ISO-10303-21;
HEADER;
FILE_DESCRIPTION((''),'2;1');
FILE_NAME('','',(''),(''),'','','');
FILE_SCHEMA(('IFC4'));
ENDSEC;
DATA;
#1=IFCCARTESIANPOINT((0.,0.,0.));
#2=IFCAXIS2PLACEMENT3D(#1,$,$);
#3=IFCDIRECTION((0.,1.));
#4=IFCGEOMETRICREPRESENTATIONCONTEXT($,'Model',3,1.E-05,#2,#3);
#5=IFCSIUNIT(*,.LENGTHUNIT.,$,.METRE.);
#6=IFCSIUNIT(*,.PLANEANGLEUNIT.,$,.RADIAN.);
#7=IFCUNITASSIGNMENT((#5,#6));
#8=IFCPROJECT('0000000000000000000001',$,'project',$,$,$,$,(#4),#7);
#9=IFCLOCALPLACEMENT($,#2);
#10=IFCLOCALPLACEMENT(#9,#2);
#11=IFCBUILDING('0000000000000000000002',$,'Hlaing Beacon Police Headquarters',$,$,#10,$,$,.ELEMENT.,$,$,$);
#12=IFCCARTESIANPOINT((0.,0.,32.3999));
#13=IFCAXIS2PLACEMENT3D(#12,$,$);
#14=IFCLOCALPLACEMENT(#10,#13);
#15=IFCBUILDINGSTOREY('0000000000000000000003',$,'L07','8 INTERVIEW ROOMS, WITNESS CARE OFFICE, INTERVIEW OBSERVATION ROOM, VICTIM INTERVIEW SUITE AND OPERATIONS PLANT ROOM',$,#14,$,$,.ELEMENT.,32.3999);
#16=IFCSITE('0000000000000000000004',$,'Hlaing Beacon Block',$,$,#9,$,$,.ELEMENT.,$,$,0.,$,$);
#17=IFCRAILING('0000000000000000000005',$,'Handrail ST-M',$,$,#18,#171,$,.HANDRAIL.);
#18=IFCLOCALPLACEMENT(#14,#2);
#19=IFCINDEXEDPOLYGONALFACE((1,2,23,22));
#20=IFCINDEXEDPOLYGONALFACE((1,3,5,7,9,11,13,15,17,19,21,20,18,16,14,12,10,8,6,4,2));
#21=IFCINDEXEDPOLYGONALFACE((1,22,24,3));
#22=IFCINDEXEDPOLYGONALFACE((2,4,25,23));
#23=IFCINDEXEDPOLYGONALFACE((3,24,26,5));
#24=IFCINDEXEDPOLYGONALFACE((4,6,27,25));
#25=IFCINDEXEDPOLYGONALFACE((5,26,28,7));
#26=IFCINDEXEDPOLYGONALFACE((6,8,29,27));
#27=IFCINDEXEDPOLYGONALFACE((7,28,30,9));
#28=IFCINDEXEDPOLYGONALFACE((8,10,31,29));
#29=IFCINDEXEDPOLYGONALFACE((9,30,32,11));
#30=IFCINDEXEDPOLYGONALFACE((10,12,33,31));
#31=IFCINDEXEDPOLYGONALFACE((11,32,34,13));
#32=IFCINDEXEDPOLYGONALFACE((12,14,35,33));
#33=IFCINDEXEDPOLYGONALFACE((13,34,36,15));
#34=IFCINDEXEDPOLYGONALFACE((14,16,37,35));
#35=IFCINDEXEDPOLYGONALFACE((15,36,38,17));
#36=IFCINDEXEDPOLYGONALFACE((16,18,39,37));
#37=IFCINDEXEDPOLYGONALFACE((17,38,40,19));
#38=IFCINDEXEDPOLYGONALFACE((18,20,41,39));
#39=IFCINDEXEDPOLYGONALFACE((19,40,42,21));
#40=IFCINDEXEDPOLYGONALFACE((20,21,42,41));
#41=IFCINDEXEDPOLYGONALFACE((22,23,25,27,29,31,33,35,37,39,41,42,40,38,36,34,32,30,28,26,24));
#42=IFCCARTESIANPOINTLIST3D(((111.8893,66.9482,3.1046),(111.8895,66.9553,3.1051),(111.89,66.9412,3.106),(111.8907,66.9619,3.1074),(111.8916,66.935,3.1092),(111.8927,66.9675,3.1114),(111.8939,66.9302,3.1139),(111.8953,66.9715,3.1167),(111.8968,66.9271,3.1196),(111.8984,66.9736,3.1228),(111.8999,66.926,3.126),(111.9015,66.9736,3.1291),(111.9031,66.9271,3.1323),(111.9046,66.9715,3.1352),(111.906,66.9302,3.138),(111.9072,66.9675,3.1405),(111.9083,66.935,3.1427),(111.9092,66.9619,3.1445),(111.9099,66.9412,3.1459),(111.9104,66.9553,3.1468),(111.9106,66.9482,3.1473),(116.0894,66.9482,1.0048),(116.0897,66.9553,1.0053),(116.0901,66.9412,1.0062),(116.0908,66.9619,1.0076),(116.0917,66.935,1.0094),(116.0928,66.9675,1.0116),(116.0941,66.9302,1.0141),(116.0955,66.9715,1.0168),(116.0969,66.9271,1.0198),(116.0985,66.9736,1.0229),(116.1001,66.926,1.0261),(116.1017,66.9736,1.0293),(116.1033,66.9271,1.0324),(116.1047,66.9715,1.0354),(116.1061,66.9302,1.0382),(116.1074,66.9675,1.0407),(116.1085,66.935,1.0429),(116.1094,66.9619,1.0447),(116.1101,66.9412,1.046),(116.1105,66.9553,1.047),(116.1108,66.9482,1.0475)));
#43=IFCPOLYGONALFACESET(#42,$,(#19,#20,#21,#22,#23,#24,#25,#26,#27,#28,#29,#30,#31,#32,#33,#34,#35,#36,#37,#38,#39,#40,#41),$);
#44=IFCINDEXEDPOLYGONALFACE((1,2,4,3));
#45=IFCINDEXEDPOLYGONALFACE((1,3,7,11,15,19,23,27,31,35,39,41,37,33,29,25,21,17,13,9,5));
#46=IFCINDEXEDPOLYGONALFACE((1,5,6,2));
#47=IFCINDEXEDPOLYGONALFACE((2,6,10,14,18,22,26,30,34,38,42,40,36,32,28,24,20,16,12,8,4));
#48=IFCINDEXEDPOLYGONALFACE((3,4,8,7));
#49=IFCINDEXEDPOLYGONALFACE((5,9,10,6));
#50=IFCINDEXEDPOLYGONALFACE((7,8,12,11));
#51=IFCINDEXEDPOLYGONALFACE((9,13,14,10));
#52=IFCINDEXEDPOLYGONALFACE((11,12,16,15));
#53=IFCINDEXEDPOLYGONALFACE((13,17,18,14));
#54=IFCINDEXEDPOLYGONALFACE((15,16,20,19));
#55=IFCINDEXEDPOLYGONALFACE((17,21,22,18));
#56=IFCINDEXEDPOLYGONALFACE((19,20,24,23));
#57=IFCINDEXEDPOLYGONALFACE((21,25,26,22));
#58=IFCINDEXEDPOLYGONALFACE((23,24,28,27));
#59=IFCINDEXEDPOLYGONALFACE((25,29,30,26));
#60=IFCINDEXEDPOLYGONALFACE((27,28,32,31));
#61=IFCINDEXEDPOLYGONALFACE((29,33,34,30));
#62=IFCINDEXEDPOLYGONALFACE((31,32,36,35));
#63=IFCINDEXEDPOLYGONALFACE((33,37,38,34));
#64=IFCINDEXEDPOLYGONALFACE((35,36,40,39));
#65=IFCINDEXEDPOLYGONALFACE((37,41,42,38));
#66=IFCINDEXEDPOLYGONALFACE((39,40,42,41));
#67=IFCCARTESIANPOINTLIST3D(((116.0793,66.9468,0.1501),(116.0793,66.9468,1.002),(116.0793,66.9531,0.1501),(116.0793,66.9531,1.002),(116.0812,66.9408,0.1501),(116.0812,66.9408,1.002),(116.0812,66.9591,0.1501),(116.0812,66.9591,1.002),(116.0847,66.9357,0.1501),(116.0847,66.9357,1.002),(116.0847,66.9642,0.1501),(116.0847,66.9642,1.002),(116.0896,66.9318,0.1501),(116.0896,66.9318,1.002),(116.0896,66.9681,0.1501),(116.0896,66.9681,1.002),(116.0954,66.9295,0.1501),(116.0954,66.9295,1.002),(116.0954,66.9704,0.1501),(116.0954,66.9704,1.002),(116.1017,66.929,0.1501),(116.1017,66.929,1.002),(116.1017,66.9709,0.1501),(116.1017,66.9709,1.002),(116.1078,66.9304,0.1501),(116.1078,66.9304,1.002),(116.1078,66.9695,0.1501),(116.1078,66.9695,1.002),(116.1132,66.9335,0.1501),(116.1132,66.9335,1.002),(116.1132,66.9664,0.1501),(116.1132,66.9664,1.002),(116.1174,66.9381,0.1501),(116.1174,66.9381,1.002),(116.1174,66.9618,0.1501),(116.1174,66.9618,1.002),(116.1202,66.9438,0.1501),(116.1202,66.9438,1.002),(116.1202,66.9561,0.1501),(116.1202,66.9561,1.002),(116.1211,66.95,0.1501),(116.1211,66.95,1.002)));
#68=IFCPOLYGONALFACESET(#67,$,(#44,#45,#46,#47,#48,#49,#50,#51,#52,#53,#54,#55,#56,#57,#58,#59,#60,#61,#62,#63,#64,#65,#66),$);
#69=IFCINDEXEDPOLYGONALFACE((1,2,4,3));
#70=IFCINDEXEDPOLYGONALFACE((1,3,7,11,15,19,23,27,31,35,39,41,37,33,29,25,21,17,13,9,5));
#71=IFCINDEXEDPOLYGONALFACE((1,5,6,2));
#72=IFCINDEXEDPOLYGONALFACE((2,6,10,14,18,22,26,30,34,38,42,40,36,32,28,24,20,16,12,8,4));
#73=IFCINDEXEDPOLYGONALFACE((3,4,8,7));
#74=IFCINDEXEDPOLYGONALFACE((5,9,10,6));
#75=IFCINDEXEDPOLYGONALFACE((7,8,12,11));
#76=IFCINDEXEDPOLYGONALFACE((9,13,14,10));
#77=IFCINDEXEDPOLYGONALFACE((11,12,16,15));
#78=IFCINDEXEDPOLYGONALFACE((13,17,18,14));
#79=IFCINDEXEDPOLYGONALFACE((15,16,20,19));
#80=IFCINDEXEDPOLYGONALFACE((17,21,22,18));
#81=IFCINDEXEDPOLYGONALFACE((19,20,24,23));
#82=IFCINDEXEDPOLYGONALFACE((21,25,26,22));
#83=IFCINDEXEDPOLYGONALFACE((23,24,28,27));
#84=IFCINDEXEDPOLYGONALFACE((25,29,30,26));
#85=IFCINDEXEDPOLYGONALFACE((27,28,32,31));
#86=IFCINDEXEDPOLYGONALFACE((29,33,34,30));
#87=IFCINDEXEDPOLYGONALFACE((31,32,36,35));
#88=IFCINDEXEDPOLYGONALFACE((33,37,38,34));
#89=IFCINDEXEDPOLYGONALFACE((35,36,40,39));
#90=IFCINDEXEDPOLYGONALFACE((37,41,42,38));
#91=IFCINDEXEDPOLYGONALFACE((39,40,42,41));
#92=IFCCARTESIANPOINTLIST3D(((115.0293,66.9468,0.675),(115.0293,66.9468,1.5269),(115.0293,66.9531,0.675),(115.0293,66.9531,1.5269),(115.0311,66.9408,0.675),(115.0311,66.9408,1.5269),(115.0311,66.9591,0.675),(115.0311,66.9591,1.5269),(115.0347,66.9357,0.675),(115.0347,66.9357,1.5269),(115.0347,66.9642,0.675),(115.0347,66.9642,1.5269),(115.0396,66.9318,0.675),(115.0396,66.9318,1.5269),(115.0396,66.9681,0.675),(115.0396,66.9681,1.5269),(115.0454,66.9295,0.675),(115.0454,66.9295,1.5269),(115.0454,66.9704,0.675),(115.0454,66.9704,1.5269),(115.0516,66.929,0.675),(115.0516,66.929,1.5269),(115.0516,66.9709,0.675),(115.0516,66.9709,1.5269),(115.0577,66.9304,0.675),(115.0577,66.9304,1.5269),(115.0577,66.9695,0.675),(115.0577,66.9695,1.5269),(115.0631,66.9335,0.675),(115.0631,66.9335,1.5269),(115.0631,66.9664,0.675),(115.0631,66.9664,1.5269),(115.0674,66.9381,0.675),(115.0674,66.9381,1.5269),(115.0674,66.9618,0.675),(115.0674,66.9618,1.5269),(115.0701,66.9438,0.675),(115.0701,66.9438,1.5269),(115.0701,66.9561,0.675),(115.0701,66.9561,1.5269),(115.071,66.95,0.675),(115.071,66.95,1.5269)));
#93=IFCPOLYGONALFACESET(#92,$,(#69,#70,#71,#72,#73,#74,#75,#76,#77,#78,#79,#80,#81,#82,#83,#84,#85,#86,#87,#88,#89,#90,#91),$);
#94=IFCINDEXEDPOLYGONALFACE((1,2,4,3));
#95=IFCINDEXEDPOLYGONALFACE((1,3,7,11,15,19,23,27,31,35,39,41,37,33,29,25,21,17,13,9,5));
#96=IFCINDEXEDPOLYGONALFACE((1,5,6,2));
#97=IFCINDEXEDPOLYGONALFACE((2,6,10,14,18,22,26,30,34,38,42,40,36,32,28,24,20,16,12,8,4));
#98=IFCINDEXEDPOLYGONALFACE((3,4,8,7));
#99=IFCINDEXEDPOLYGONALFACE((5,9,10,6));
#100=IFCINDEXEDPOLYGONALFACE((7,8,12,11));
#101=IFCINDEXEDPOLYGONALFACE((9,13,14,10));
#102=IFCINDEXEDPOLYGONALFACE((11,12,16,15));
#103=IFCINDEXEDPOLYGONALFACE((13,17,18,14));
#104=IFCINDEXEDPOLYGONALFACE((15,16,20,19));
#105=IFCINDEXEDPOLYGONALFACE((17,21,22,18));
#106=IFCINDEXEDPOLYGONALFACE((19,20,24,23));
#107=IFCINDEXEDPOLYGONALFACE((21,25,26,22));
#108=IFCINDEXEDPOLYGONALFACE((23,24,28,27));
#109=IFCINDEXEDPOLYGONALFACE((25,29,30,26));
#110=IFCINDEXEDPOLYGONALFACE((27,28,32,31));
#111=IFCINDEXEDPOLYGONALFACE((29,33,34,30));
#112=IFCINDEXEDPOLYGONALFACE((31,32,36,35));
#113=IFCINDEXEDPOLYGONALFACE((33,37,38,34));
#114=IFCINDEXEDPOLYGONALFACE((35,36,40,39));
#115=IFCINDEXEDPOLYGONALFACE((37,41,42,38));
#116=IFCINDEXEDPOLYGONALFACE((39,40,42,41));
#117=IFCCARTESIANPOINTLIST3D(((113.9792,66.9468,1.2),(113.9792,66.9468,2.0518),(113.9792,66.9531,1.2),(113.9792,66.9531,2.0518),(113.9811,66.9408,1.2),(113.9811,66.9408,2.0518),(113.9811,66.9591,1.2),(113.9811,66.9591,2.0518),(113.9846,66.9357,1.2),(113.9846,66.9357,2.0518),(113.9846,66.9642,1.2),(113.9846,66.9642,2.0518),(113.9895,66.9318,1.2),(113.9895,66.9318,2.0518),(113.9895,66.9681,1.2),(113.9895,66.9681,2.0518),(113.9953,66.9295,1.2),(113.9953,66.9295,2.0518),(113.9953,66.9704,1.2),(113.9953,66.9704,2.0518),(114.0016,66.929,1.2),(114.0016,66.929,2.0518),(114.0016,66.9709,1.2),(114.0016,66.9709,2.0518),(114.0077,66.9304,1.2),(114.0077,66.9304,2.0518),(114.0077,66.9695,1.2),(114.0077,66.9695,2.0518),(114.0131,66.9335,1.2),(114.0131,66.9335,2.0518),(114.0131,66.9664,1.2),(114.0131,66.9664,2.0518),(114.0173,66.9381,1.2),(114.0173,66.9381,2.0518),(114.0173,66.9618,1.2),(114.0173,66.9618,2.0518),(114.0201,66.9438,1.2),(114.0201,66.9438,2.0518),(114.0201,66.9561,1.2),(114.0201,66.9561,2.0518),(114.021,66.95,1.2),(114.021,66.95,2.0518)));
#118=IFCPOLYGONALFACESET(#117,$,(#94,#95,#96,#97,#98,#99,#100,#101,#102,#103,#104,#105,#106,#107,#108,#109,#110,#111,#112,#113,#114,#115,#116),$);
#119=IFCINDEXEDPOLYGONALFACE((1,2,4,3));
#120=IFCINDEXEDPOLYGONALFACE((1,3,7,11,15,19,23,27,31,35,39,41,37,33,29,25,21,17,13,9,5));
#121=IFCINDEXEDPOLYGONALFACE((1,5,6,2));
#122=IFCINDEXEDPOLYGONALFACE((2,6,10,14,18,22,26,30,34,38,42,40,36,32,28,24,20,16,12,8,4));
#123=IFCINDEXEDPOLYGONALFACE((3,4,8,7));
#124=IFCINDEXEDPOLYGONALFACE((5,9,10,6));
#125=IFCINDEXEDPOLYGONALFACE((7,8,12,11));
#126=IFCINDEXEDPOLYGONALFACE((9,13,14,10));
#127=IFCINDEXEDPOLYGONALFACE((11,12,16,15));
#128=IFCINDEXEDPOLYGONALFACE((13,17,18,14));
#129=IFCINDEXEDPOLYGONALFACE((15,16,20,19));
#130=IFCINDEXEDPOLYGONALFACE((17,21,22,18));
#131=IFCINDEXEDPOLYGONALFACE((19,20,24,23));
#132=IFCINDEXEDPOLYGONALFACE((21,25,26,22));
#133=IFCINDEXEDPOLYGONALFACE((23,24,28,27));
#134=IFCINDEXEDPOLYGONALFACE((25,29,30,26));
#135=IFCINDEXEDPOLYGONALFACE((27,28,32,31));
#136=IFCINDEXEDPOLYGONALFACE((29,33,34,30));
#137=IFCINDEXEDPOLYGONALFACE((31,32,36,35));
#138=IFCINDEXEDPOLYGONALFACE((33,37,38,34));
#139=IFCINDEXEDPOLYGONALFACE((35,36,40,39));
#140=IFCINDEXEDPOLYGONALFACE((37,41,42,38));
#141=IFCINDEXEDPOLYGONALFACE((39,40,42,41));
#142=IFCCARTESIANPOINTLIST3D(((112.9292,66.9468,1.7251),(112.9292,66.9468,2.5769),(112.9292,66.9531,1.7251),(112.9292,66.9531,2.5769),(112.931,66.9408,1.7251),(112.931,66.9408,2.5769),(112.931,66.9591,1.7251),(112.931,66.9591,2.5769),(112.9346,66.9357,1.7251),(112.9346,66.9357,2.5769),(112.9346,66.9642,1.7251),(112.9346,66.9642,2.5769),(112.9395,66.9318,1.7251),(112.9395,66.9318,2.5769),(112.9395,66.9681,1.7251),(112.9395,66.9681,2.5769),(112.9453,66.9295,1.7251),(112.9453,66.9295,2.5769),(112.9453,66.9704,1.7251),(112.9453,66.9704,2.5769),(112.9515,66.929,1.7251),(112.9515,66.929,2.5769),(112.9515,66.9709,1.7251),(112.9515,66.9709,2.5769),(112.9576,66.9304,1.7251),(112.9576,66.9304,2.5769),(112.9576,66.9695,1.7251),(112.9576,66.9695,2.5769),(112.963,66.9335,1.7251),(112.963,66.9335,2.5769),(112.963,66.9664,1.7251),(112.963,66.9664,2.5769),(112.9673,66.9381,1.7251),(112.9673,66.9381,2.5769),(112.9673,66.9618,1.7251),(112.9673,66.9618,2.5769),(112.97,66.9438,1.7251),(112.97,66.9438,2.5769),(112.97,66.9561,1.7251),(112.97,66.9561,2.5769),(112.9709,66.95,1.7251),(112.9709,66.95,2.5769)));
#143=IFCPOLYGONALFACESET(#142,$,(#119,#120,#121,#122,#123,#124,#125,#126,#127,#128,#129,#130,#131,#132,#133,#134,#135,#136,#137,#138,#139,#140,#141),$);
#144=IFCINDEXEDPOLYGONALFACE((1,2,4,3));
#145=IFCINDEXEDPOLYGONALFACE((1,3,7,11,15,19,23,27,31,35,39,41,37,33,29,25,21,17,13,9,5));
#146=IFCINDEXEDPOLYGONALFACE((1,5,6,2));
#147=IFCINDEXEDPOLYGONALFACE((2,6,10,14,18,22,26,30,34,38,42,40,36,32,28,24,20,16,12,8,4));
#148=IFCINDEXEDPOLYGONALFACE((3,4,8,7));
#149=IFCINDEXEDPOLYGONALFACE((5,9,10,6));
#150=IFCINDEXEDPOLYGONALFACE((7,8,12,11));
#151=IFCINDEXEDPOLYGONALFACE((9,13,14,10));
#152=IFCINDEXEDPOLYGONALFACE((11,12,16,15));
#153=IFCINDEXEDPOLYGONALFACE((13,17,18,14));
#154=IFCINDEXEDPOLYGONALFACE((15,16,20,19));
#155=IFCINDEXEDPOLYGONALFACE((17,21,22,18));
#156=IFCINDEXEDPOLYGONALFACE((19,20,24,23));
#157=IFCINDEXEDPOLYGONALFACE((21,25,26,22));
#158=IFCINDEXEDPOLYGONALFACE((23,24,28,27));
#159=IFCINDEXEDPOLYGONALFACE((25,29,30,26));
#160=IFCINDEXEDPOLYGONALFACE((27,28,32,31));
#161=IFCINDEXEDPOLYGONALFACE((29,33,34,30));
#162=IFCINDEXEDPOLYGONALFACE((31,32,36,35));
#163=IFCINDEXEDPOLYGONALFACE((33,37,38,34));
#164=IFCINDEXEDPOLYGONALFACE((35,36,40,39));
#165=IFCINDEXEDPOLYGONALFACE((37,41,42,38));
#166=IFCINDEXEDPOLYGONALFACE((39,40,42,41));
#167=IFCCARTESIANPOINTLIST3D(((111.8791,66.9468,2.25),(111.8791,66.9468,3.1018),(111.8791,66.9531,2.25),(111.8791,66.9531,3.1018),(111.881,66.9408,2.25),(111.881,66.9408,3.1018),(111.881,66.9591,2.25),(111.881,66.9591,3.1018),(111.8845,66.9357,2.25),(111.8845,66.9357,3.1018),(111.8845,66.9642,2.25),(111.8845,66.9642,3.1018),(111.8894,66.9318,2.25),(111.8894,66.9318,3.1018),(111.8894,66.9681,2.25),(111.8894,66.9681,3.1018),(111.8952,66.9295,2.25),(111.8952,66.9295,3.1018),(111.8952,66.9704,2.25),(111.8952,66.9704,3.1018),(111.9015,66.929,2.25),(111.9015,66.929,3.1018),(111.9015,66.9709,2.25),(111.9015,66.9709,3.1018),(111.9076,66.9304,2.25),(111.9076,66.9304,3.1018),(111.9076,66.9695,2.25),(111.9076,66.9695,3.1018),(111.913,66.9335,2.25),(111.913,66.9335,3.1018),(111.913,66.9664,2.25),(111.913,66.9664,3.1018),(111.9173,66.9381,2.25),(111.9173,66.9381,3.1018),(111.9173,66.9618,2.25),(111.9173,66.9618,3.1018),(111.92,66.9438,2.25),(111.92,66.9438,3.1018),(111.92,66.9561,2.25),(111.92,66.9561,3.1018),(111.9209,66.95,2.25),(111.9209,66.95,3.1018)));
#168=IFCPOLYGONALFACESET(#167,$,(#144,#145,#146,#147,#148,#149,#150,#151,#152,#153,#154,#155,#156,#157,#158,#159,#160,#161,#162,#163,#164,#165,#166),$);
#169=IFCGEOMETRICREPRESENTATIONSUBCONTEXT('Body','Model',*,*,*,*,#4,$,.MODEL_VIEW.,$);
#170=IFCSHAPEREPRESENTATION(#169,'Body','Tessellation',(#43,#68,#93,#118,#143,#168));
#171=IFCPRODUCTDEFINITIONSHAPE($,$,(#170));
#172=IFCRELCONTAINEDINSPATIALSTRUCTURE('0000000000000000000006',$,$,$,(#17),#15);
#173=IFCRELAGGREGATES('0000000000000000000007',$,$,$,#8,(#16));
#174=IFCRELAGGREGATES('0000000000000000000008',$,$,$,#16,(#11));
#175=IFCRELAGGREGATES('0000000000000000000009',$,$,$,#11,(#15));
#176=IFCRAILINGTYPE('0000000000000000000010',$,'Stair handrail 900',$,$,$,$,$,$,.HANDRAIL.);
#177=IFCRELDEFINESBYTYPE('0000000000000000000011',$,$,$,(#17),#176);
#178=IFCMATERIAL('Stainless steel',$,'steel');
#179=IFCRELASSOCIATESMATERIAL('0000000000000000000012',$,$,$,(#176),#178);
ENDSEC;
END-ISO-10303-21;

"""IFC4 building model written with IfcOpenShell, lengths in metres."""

from ifc_helpers import new_model, si_unit, direction, frame, origin, origin_2d, place, context, subcontext, project, spatial, circle, extrude, material, type_object, element, save


model = new_model("IFC4")

# Units and contexts
model_context = context("Model", 3, precision=1e-05, world=origin(), true_north=direction((0.0, 1.0)))
body_context = subcontext(model_context, "Body", "Model", "MODEL_VIEW")
ifc_project = project(units=[si_unit("LENGTHUNIT", "METRE"), si_unit("PLANEANGLEUNIT", "RADIAN")], contexts=[model_context])

# Site, building, storey
site_placement = place(None, origin())
site = spatial("IfcSite", under=ifc_project, at=site_placement, Name="Hlaing Beacon Block", CompositionType="ELEMENT", RefElevation=0.0)
building_placement = place(site_placement, origin())
building = spatial("IfcBuilding", under=site, at=building_placement, Name="Hlaing Beacon Police Headquarters", CompositionType="ELEMENT")
storey_placement = place(building_placement, frame((0.0, 0.0, 32.3999)))
storey = spatial("IfcBuildingStorey", under=building, at=storey_placement, Name="L07", Description="8 INTERVIEW ROOMS, WITNESS CARE OFFICE, INTERVIEW OBSERVATION ROOM, VICTIM INTERVIEW SUITE AND OPERATIONS PLANT ROOM", CompositionType="ELEMENT", Elevation=32.3999)

# Railing
ifc_material_1 = material(Name="Stainless steel", Category="steel")
railing_type_1 = type_object("IfcRailingType", Name="Stair handrail 900", PredefinedType="HANDRAIL", material=ifc_material_1)
for number, where, name in (
    (1, (116.1001, 66.95, 0.1501), "Handrail ST-M"),
):
    element("IfcRailing", number, at=place(storey_placement, frame(where)), inside=storey, type_object=railing_type_1, Name=name, PredefinedType="HANDRAIL", context=body_context, shape_type="SweptSolid", body=[
        extrude(circle(Radius=0.0239, at=origin_2d()), frame((0.0, 0.0, 0.876), z_axis=(-0.894448, 0.0, 0.447172), x_axis=(0.0, -1.0, 0.0)), (0.0, 0.0, 1.0), 4.6958),
        extrude(circle(Radius=0.021, at=origin_2d()), origin(), (0.0, 0.0, 1.0), 0.8518),
        extrude(circle(Radius=0.021, at=origin_2d()), frame((-1.05, 0.0, 0.5249)), (0.0, 0.0, 1.0), 0.8518),
        extrude(circle(Radius=0.021, at=origin_2d()), frame((-2.1001, 0.0, 1.0498)), (0.0, 0.0, 1.0), 0.8518),
        extrude(circle(Radius=0.021, at=origin_2d()), frame((-3.1501, 0.0, 1.575)), (0.0, 0.0, 1.0), 0.8518),
        extrude(circle(Radius=0.021, at=origin_2d()), frame((-4.2002, 0.0, 2.0999)), (0.0, 0.0, 1.0), 0.8518),
    ])

save(model, "model.ifc")
